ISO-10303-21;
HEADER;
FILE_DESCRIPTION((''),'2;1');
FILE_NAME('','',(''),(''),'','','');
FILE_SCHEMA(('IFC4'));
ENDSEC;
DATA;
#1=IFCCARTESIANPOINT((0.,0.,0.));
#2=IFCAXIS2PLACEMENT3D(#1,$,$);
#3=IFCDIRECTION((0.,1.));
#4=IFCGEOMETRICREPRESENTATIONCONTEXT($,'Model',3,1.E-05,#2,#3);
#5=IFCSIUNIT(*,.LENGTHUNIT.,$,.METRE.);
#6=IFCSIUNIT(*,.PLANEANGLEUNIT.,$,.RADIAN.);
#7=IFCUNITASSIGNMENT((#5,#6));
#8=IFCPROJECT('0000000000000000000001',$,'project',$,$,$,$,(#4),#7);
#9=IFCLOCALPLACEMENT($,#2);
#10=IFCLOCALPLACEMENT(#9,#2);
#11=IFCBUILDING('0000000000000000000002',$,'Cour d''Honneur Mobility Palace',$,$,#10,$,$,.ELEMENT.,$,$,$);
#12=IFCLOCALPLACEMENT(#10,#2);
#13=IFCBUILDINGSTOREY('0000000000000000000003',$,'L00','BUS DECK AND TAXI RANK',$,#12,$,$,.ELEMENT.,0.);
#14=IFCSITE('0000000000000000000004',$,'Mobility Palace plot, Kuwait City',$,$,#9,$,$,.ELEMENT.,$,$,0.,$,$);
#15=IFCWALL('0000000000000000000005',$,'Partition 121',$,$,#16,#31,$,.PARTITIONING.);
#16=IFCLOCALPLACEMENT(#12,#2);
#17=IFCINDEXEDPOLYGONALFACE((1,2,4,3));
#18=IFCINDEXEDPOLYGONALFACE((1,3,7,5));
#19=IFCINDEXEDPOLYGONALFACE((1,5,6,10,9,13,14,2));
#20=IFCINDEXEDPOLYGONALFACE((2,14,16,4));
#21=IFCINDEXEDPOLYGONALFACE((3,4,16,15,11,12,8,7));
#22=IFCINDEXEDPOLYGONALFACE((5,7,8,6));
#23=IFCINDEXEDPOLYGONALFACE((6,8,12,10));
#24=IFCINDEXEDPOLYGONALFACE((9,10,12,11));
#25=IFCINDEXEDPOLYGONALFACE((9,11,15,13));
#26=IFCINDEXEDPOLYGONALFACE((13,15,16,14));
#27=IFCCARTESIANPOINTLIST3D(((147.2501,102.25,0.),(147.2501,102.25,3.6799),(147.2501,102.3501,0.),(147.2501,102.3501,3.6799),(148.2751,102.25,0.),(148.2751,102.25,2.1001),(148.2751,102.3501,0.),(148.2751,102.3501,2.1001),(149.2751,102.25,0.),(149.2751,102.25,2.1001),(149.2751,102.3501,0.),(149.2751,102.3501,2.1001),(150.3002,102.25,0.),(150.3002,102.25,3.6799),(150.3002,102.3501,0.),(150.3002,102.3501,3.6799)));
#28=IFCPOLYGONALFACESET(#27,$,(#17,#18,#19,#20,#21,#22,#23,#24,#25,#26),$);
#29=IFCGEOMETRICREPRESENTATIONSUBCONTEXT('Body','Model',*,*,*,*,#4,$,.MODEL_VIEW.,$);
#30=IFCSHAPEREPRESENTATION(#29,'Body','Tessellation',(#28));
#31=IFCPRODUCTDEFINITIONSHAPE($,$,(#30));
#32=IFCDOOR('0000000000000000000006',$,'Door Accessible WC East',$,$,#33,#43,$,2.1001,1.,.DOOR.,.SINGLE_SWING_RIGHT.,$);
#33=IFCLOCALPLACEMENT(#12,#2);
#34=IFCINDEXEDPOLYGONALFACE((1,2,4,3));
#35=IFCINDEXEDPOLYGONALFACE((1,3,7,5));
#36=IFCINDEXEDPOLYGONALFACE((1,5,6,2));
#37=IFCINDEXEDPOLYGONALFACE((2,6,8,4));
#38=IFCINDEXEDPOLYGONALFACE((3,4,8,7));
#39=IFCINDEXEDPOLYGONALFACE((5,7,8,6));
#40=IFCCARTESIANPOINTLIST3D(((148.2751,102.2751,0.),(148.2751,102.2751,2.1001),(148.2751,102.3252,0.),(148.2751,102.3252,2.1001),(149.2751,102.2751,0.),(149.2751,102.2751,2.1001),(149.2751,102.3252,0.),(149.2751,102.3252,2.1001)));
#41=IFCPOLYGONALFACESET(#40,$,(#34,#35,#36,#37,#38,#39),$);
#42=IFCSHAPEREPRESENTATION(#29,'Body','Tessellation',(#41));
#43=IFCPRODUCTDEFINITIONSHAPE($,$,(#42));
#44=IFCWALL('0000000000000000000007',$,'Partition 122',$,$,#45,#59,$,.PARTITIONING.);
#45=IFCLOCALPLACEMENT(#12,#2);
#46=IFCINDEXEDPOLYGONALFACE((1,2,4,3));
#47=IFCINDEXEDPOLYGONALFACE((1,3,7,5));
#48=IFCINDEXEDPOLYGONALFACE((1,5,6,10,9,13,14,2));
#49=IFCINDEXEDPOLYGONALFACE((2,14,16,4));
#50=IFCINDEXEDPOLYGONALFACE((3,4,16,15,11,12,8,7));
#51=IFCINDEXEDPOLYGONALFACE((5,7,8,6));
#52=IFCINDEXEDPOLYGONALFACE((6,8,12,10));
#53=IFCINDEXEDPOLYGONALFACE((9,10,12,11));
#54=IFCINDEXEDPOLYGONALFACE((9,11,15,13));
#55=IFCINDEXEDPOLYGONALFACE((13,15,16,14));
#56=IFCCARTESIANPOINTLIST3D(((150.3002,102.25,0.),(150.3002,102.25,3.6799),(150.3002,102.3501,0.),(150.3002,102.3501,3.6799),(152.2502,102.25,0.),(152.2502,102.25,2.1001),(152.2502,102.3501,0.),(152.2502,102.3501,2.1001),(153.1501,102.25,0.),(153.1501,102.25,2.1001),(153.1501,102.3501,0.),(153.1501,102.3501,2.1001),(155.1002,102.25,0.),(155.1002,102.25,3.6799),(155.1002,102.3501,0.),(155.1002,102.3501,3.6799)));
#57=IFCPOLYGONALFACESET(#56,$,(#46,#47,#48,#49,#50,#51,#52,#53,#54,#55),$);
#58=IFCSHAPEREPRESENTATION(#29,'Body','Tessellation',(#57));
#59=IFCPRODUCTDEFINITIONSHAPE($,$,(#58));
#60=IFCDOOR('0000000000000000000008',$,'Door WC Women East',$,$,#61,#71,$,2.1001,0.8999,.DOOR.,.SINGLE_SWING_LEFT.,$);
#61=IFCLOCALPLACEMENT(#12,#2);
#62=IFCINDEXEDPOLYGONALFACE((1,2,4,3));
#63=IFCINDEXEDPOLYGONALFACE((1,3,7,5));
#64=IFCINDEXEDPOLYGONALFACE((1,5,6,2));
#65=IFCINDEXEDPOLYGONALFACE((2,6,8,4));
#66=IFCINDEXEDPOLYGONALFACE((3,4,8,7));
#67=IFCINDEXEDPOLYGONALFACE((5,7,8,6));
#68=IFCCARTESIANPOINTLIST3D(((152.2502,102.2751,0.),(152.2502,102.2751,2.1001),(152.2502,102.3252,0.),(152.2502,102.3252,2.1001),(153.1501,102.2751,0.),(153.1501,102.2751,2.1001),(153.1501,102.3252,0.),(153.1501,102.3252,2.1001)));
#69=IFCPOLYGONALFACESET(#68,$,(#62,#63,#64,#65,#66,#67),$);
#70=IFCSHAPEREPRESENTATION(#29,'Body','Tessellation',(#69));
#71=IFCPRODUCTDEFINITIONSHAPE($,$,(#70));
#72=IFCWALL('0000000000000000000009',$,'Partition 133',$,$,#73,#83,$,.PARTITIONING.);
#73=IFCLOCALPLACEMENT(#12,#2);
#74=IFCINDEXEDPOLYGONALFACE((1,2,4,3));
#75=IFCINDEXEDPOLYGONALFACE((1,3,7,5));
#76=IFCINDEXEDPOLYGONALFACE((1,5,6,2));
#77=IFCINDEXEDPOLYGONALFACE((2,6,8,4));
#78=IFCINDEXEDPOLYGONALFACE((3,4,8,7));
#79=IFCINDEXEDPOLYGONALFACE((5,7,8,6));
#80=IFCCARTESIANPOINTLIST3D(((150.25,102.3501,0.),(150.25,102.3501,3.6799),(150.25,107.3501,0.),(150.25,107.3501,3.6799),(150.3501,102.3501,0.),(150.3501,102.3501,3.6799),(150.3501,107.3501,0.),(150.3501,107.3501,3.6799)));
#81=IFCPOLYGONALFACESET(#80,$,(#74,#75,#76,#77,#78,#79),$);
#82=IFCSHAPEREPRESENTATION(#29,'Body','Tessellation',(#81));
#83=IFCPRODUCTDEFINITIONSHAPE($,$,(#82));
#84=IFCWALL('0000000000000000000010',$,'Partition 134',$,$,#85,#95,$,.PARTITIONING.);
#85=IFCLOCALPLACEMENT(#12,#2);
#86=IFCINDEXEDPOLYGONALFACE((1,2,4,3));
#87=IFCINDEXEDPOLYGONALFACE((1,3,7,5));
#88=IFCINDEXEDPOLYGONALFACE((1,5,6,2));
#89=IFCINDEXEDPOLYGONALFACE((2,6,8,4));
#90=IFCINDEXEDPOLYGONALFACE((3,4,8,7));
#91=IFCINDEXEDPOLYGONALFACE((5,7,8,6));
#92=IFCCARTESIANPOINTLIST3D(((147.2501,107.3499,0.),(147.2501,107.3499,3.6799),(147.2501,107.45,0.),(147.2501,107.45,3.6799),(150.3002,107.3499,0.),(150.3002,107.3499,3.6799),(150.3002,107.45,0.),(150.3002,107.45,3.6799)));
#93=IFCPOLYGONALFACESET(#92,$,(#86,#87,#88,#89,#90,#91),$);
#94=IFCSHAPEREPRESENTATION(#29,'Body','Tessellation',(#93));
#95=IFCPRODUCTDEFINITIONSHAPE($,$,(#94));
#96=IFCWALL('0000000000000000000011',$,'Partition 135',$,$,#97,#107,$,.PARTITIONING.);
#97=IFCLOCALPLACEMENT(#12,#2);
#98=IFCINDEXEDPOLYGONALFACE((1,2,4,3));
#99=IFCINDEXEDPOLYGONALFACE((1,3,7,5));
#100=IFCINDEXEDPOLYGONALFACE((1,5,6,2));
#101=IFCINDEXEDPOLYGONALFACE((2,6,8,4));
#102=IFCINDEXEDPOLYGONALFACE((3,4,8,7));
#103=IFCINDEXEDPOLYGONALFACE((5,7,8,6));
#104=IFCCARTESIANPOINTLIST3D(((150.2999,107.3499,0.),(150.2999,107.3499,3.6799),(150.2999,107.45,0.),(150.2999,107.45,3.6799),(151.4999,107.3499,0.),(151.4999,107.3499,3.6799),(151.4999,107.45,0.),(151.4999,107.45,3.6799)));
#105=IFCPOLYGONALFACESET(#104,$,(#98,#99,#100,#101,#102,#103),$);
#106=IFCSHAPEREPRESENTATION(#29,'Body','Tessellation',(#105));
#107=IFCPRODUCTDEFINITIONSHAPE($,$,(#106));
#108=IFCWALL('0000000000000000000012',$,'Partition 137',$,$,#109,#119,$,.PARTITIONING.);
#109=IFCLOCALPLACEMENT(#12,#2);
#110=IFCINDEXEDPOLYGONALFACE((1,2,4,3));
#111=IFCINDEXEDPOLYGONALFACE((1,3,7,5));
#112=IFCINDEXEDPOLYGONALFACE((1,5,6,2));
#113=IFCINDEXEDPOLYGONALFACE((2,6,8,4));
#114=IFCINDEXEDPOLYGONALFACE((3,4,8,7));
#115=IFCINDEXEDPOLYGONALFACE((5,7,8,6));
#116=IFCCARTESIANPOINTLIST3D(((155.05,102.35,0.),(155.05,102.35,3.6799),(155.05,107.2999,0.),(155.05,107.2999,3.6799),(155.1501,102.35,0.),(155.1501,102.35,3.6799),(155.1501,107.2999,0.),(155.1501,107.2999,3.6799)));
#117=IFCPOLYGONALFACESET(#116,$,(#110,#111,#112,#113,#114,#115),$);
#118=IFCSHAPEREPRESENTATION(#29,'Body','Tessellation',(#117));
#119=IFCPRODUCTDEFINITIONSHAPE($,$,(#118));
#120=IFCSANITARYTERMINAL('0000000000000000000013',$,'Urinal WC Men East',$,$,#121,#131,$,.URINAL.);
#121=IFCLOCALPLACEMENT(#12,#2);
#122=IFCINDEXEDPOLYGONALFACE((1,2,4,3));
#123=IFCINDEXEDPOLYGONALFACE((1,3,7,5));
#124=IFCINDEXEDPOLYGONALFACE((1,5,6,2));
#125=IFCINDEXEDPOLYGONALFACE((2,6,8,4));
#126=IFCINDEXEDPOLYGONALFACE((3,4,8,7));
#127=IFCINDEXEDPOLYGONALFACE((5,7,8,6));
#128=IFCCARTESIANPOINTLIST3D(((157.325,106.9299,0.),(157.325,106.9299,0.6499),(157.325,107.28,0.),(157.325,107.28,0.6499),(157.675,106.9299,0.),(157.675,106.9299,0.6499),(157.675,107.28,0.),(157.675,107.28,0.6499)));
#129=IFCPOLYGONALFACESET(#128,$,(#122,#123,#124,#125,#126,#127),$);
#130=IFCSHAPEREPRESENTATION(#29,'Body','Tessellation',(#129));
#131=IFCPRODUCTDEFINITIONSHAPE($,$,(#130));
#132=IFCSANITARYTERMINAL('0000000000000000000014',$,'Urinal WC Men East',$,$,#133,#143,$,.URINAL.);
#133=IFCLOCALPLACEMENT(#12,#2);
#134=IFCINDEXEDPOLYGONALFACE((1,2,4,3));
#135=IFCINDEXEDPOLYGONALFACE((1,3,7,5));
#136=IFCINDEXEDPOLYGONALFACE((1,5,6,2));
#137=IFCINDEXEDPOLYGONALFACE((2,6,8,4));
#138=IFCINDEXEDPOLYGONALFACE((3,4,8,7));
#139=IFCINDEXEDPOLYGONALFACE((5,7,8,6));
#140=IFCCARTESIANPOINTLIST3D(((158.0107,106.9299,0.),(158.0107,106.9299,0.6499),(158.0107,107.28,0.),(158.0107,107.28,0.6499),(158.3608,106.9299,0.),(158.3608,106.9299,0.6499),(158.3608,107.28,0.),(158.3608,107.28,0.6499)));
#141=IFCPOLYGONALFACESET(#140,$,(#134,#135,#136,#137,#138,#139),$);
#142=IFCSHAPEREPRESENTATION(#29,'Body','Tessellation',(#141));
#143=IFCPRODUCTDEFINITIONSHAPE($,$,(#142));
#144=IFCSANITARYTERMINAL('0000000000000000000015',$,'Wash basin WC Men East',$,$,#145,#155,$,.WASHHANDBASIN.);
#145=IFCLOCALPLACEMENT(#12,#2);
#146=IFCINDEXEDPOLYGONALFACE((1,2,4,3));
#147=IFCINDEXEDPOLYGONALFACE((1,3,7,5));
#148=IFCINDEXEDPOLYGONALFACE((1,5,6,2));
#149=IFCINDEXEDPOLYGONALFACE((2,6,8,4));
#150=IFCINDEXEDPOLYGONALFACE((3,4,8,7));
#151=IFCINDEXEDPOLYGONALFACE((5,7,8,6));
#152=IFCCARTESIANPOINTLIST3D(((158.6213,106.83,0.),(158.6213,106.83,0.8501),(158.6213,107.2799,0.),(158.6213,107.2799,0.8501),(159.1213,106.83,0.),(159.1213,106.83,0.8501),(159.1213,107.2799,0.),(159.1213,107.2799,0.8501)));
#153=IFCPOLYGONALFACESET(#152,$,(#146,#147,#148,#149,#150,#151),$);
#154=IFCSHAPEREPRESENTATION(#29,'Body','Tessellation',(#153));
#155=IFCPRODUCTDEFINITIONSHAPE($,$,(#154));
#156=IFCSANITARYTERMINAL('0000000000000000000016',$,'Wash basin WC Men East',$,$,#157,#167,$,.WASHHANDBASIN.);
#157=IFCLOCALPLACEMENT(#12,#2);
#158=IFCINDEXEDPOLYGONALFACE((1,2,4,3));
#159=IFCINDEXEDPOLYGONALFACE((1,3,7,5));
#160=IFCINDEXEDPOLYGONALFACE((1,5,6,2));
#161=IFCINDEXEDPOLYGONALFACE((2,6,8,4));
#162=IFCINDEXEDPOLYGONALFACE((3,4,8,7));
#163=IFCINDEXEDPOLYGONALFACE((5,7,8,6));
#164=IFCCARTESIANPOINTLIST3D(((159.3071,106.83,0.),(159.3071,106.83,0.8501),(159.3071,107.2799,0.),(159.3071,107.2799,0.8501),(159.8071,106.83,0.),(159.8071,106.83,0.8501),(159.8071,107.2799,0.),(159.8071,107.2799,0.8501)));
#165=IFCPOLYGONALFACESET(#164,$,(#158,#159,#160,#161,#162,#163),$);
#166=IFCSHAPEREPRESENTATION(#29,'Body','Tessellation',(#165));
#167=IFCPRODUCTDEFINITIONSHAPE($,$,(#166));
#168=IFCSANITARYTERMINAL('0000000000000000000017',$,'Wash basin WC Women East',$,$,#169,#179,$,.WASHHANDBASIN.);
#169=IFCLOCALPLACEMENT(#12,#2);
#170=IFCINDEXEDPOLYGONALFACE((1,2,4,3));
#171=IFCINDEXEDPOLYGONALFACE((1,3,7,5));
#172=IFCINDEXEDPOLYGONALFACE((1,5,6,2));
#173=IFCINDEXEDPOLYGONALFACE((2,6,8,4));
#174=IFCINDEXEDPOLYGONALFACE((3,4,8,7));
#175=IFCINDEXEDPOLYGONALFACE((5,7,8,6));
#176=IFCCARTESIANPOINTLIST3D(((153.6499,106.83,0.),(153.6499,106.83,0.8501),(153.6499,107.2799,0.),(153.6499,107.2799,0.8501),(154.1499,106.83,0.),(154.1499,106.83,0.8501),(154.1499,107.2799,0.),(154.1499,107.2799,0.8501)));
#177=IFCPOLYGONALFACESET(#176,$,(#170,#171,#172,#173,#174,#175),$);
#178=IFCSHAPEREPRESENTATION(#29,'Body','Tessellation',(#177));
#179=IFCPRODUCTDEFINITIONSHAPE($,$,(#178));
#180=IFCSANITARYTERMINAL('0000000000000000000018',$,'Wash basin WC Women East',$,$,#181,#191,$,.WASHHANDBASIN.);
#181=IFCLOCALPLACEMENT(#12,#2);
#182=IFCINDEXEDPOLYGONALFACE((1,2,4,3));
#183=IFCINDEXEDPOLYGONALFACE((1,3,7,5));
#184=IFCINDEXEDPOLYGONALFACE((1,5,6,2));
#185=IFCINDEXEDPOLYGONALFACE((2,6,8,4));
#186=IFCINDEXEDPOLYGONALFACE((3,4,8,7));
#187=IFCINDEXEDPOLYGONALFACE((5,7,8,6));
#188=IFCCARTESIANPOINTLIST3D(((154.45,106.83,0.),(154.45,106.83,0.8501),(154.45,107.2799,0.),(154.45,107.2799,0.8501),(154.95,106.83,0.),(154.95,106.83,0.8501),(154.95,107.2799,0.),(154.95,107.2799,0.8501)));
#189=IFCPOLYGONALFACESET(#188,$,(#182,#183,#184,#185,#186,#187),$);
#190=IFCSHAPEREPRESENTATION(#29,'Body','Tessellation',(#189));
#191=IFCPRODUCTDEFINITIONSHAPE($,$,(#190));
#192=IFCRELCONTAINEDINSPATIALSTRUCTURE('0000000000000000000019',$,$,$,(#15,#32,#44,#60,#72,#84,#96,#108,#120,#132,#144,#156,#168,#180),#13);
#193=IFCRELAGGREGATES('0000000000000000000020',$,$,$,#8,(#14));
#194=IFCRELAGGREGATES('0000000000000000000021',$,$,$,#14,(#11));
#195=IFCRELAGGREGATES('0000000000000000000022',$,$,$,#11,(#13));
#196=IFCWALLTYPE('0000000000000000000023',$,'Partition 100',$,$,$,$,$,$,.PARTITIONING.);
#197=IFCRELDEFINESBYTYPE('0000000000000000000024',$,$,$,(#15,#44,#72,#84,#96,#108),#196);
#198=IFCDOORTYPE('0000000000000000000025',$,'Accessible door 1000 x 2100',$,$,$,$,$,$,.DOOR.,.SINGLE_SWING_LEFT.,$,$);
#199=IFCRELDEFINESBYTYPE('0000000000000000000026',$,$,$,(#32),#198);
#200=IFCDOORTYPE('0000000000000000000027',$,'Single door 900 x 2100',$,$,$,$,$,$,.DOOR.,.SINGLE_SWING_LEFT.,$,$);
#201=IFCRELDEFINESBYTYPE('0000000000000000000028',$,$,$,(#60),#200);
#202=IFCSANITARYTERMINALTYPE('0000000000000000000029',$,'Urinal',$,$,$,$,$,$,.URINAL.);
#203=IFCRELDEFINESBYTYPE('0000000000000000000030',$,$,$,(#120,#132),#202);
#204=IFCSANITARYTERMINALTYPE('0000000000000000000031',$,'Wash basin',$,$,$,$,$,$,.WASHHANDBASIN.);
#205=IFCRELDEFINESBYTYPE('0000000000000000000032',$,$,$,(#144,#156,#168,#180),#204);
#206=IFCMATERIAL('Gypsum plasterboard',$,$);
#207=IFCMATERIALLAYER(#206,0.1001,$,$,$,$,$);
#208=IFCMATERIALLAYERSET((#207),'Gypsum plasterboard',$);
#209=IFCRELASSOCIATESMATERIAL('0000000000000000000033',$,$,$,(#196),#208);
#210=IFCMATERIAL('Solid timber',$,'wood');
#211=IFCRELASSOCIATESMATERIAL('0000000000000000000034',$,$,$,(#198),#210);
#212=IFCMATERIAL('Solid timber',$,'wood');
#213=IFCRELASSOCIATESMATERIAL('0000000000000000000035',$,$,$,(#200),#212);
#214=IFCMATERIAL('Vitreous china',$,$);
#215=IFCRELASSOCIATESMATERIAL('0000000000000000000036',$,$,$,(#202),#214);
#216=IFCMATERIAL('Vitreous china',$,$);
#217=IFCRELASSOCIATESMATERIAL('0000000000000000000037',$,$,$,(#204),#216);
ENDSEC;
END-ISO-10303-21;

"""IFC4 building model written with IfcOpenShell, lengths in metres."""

from ifc_helpers import new_model, si_unit, direction, frame, frame_2d, origin, origin_2d, place, context, subcontext, project, spatial, rectangle, extrude, material, layer, layer_set, type_object, element, fill, save


model = new_model("IFC4")

# Units and contexts
model_context = context("Model", 3, precision=1e-05, world=origin(), true_north=direction((0.0, 1.0)))
body_context = subcontext(model_context, "Body", "Model", "MODEL_VIEW")
ifc_project = project(units=[si_unit("LENGTHUNIT", "METRE"), si_unit("PLANEANGLEUNIT", "RADIAN")], contexts=[model_context])

# Site, building, storey
site_placement = place(None, origin())
site = spatial("IfcSite", under=ifc_project, at=site_placement, Name="Mobility Palace plot, Kuwait City", CompositionType="ELEMENT", RefElevation=0.0)
building_placement = place(site_placement, origin())
building = spatial("IfcBuilding", under=site, at=building_placement, Name="Cour d'Honneur Mobility Palace", CompositionType="ELEMENT")
storey_placement = place(building_placement, origin())
storey = spatial("IfcBuildingStorey", under=building, at=storey_placement, Name="L00", Description="BUS DECK AND TAXI RANK", CompositionType="ELEMENT", Elevation=0.0)

# Walls, openings, doors
ifc_material_1 = material(Name="Gypsum plasterboard")
ifc_layer = layer(ifc_material_1, 0.1001)
ifc_layer_set = layer_set([ifc_layer], Name="Gypsum plasterboard")
wall_type = type_object("IfcWallType", Name="Partition 100", PredefinedType="PARTITIONING", material=ifc_layer_set)
wall_1_placement = place(storey_placement, frame((150.3, 102.3, 0.0), z_axis=(0.0, 0.0, 1.0), x_axis=(-1.0, 0.0, 0.0)))
wall_1 = element("IfcWall", 1, at=wall_1_placement, inside=storey, type_object=wall_type, Name="Partition 121", PredefinedType="PARTITIONING", context=body_context, shape_type="SweptSolid", body=[
    extrude(rectangle(XDim=3.05, YDim=0.1001, at=frame_2d((1.5249, 0.0))), origin(), (0.0, 0.0, 1.0), 3.6799),
])
opening_1_placement = place(wall_1_placement, frame((1.0249, 0.0, 0.0)))
opening_1 = element("IfcOpeningElement", 2, at=opening_1_placement, cuts=wall_1, PredefinedType="OPENING", context=body_context, shape_type="SweptSolid", body=[
    extrude(rectangle(XDim=1.0, YDim=2.1001, at=frame_2d((0.5, 1.05))), frame((0.0, 0.0601, 0.0), z_axis=(0.0, -1.0, 0.0), x_axis=(1.0, 0.0, 0.0)), (0.0, 0.0, 1.0), 0.1201),
])
ifc_material_2 = material(Name="Solid timber", Category="wood")
door_type_1 = type_object("IfcDoorType", Name="Accessible door 1000 x 2100", OperationType="SINGLE_SWING_LEFT", PredefinedType="DOOR", material=ifc_material_2)
door_1_placement = place(opening_1_placement, origin())
door_1 = element("IfcDoor", 3, at=door_1_placement, inside=storey, type_object=door_type_1, Name="Door Accessible WC East", OperationType="SINGLE_SWING_RIGHT", OverallHeight=2.1001, OverallWidth=1.0, PredefinedType="DOOR", context=body_context, shape_type="SweptSolid", body=[
    extrude(rectangle(XDim=1.0, YDim=2.1001, at=frame_2d((0.5, 1.05))), frame((0.0, 0.0249, 0.0), z_axis=(0.0, -1.0, 0.0), x_axis=(1.0, 0.0, 0.0)), (0.0, 0.0, 1.0), 0.05),
])
fill(opening_1, door_1)
wall_2_placement = place(storey_placement, frame((155.1001, 102.3, 0.0), z_axis=(0.0, 0.0, 1.0), x_axis=(-1.0, 0.0, 0.0)))
wall_2 = element("IfcWall", 4, at=wall_2_placement, inside=storey, type_object=wall_type, Name="Partition 122", PredefinedType="PARTITIONING", context=body_context, shape_type="SweptSolid", body=[
    extrude(rectangle(XDim=4.8, YDim=0.1001, at=frame_2d((2.3999, 0.0))), origin(), (0.0, 0.0, 1.0), 3.6799),
])
opening_2_placement = place(wall_2_placement, frame((1.95, 0.0, 0.0)))
opening_2 = element("IfcOpeningElement", 5, at=opening_2_placement, cuts=wall_2, PredefinedType="OPENING", context=body_context, shape_type="SweptSolid", body=[
    extrude(rectangle(XDim=0.8999, YDim=2.1001, at=frame_2d((0.45, 1.05))), frame((0.0, 0.0601, 0.0), z_axis=(0.0, -1.0, 0.0), x_axis=(1.0, 0.0, 0.0)), (0.0, 0.0, 1.0), 0.1201),
])
ifc_material_3 = material(Name="Solid timber", Category="wood")
door_type_2 = type_object("IfcDoorType", Name="Single door 900 x 2100", OperationType="SINGLE_SWING_LEFT", PredefinedType="DOOR", material=ifc_material_3)
door_2_placement = place(opening_2_placement, origin())
door_2 = element("IfcDoor", 6, at=door_2_placement, inside=storey, type_object=door_type_2, Name="Door WC Women East", OperationType="SINGLE_SWING_LEFT", OverallHeight=2.1001, OverallWidth=0.8999, PredefinedType="DOOR", context=body_context, shape_type="SweptSolid", body=[
    extrude(rectangle(XDim=0.8999, YDim=2.1001, at=frame_2d((0.45, 1.05))), frame((0.0, 0.0249, 0.0), z_axis=(0.0, -1.0, 0.0), x_axis=(1.0, 0.0, 0.0)), (0.0, 0.0, 1.0), 0.05),
])
fill(opening_2, door_2)

# Walls
wall_3_placement = place(storey_placement, frame((150.3, 107.3501, 0.0), z_axis=(0.0, 0.0, 1.0), x_axis=(0.0, -1.0, 0.0)))
element("IfcWall", 7, at=wall_3_placement, inside=storey, type_object=wall_type, Name="Partition 133", PredefinedType="PARTITIONING", context=body_context, shape_type="SweptSolid", body=[
    extrude(rectangle(XDim=5.0, YDim=0.1001, at=frame_2d((2.5, 0.0))), origin(), (0.0, 0.0, 1.0), 3.6799),
])
wall_4_placement = place(storey_placement, frame((150.3, 107.3999, 0.0), z_axis=(0.0, 0.0, 1.0), x_axis=(-1.0, 0.0, 0.0)))
element("IfcWall", 8, at=wall_4_placement, inside=storey, type_object=wall_type, Name="Partition 134", PredefinedType="PARTITIONING", context=body_context, shape_type="SweptSolid", body=[
    extrude(rectangle(XDim=3.05, YDim=0.1001, at=frame_2d((1.5249, 0.0))), origin(), (0.0, 0.0, 1.0), 3.6799),
])
wall_5_placement = place(storey_placement, frame((151.5, 107.3999, 0.0), z_axis=(0.0, 0.0, 1.0), x_axis=(-1.0, 0.0, 0.0)))
element("IfcWall", 9, at=wall_5_placement, inside=storey, type_object=wall_type, Name="Partition 135", PredefinedType="PARTITIONING", context=body_context, shape_type="SweptSolid", body=[
    extrude(rectangle(XDim=1.2, YDim=0.1001, at=frame_2d((0.6001, 0.0))), origin(), (0.0, 0.0, 1.0), 3.6799),
])
wall_6_placement = place(storey_placement, frame((155.1001, 107.3, 0.0), z_axis=(0.0, 0.0, 1.0), x_axis=(0.0, -1.0, 0.0)))
element("IfcWall", 10, at=wall_6_placement, inside=storey, type_object=wall_type, Name="Partition 137", PredefinedType="PARTITIONING", context=body_context, shape_type="SweptSolid", body=[
    extrude(rectangle(XDim=4.95, YDim=0.1001, at=frame_2d((2.4751, 0.0))), origin(), (0.0, 0.0, 1.0), 3.6799),
])

# Sanitary terminals
ifc_material_4 = material(Name="Vitreous china")
sanitary_terminal_type_1 = type_object("IfcSanitaryTerminalType", Name="Urinal", PredefinedType="URINAL", material=ifc_material_4)
for number, where, z_axis, x_axis, name in (
    (11, (157.5, 107.105, 0.0), (0.0, 0.0, 1.0), (1.0, 0.0, 0.0), "Urinal WC Men East"),
    (12, (158.1858, 107.105, 0.0), (0.0, 0.0, 1.0), (1.0, 0.0, 0.0), "Urinal WC Men East"),
):
    element("IfcSanitaryTerminal", number, at=place(storey_placement, frame(where, z_axis=z_axis, x_axis=x_axis)), inside=storey, type_object=sanitary_terminal_type_1, Name=name, PredefinedType="URINAL", context=body_context, shape_type="SweptSolid", body=[
        extrude(rectangle(XDim=0.3501, YDim=0.3501, at=origin_2d()), origin(), (0.0, 0.0, 1.0), 0.6499),
    ])
ifc_material_5 = material(Name="Vitreous china")
sanitary_terminal_type_2 = type_object("IfcSanitaryTerminalType", Name="Wash basin", PredefinedType="WASHHANDBASIN", material=ifc_material_5)
for number, where, z_axis, x_axis, name in (
    (13, (158.8713, 107.0549, 0.0), (0.0, 0.0, 1.0), (1.0, 0.0, 0.0), "Wash basin WC Men East"),
    (14, (159.5571, 107.0549, 0.0), (0.0, 0.0, 1.0), (1.0, 0.0, 0.0), "Wash basin WC Men East"),
    (15, (153.8999, 107.0549, 0.0), (0.0, 0.0, 1.0), (1.0, 0.0, 0.0), "Wash basin WC Women East"),
    (16, (154.7, 107.0549, 0.0), (0.0, 0.0, 1.0), (1.0, 0.0, 0.0), "Wash basin WC Women East"),
):
    element("IfcSanitaryTerminal", number, at=place(storey_placement, frame(where, z_axis=z_axis, x_axis=x_axis)), inside=storey, type_object=sanitary_terminal_type_2, Name=name, PredefinedType="WASHHANDBASIN", context=body_context, shape_type="SweptSolid", body=[
        extrude(rectangle(XDim=0.5, YDim=0.45, at=origin_2d()), origin(), (0.0, 0.0, 1.0), 0.8501),
    ])

save(model, "model.ifc")
